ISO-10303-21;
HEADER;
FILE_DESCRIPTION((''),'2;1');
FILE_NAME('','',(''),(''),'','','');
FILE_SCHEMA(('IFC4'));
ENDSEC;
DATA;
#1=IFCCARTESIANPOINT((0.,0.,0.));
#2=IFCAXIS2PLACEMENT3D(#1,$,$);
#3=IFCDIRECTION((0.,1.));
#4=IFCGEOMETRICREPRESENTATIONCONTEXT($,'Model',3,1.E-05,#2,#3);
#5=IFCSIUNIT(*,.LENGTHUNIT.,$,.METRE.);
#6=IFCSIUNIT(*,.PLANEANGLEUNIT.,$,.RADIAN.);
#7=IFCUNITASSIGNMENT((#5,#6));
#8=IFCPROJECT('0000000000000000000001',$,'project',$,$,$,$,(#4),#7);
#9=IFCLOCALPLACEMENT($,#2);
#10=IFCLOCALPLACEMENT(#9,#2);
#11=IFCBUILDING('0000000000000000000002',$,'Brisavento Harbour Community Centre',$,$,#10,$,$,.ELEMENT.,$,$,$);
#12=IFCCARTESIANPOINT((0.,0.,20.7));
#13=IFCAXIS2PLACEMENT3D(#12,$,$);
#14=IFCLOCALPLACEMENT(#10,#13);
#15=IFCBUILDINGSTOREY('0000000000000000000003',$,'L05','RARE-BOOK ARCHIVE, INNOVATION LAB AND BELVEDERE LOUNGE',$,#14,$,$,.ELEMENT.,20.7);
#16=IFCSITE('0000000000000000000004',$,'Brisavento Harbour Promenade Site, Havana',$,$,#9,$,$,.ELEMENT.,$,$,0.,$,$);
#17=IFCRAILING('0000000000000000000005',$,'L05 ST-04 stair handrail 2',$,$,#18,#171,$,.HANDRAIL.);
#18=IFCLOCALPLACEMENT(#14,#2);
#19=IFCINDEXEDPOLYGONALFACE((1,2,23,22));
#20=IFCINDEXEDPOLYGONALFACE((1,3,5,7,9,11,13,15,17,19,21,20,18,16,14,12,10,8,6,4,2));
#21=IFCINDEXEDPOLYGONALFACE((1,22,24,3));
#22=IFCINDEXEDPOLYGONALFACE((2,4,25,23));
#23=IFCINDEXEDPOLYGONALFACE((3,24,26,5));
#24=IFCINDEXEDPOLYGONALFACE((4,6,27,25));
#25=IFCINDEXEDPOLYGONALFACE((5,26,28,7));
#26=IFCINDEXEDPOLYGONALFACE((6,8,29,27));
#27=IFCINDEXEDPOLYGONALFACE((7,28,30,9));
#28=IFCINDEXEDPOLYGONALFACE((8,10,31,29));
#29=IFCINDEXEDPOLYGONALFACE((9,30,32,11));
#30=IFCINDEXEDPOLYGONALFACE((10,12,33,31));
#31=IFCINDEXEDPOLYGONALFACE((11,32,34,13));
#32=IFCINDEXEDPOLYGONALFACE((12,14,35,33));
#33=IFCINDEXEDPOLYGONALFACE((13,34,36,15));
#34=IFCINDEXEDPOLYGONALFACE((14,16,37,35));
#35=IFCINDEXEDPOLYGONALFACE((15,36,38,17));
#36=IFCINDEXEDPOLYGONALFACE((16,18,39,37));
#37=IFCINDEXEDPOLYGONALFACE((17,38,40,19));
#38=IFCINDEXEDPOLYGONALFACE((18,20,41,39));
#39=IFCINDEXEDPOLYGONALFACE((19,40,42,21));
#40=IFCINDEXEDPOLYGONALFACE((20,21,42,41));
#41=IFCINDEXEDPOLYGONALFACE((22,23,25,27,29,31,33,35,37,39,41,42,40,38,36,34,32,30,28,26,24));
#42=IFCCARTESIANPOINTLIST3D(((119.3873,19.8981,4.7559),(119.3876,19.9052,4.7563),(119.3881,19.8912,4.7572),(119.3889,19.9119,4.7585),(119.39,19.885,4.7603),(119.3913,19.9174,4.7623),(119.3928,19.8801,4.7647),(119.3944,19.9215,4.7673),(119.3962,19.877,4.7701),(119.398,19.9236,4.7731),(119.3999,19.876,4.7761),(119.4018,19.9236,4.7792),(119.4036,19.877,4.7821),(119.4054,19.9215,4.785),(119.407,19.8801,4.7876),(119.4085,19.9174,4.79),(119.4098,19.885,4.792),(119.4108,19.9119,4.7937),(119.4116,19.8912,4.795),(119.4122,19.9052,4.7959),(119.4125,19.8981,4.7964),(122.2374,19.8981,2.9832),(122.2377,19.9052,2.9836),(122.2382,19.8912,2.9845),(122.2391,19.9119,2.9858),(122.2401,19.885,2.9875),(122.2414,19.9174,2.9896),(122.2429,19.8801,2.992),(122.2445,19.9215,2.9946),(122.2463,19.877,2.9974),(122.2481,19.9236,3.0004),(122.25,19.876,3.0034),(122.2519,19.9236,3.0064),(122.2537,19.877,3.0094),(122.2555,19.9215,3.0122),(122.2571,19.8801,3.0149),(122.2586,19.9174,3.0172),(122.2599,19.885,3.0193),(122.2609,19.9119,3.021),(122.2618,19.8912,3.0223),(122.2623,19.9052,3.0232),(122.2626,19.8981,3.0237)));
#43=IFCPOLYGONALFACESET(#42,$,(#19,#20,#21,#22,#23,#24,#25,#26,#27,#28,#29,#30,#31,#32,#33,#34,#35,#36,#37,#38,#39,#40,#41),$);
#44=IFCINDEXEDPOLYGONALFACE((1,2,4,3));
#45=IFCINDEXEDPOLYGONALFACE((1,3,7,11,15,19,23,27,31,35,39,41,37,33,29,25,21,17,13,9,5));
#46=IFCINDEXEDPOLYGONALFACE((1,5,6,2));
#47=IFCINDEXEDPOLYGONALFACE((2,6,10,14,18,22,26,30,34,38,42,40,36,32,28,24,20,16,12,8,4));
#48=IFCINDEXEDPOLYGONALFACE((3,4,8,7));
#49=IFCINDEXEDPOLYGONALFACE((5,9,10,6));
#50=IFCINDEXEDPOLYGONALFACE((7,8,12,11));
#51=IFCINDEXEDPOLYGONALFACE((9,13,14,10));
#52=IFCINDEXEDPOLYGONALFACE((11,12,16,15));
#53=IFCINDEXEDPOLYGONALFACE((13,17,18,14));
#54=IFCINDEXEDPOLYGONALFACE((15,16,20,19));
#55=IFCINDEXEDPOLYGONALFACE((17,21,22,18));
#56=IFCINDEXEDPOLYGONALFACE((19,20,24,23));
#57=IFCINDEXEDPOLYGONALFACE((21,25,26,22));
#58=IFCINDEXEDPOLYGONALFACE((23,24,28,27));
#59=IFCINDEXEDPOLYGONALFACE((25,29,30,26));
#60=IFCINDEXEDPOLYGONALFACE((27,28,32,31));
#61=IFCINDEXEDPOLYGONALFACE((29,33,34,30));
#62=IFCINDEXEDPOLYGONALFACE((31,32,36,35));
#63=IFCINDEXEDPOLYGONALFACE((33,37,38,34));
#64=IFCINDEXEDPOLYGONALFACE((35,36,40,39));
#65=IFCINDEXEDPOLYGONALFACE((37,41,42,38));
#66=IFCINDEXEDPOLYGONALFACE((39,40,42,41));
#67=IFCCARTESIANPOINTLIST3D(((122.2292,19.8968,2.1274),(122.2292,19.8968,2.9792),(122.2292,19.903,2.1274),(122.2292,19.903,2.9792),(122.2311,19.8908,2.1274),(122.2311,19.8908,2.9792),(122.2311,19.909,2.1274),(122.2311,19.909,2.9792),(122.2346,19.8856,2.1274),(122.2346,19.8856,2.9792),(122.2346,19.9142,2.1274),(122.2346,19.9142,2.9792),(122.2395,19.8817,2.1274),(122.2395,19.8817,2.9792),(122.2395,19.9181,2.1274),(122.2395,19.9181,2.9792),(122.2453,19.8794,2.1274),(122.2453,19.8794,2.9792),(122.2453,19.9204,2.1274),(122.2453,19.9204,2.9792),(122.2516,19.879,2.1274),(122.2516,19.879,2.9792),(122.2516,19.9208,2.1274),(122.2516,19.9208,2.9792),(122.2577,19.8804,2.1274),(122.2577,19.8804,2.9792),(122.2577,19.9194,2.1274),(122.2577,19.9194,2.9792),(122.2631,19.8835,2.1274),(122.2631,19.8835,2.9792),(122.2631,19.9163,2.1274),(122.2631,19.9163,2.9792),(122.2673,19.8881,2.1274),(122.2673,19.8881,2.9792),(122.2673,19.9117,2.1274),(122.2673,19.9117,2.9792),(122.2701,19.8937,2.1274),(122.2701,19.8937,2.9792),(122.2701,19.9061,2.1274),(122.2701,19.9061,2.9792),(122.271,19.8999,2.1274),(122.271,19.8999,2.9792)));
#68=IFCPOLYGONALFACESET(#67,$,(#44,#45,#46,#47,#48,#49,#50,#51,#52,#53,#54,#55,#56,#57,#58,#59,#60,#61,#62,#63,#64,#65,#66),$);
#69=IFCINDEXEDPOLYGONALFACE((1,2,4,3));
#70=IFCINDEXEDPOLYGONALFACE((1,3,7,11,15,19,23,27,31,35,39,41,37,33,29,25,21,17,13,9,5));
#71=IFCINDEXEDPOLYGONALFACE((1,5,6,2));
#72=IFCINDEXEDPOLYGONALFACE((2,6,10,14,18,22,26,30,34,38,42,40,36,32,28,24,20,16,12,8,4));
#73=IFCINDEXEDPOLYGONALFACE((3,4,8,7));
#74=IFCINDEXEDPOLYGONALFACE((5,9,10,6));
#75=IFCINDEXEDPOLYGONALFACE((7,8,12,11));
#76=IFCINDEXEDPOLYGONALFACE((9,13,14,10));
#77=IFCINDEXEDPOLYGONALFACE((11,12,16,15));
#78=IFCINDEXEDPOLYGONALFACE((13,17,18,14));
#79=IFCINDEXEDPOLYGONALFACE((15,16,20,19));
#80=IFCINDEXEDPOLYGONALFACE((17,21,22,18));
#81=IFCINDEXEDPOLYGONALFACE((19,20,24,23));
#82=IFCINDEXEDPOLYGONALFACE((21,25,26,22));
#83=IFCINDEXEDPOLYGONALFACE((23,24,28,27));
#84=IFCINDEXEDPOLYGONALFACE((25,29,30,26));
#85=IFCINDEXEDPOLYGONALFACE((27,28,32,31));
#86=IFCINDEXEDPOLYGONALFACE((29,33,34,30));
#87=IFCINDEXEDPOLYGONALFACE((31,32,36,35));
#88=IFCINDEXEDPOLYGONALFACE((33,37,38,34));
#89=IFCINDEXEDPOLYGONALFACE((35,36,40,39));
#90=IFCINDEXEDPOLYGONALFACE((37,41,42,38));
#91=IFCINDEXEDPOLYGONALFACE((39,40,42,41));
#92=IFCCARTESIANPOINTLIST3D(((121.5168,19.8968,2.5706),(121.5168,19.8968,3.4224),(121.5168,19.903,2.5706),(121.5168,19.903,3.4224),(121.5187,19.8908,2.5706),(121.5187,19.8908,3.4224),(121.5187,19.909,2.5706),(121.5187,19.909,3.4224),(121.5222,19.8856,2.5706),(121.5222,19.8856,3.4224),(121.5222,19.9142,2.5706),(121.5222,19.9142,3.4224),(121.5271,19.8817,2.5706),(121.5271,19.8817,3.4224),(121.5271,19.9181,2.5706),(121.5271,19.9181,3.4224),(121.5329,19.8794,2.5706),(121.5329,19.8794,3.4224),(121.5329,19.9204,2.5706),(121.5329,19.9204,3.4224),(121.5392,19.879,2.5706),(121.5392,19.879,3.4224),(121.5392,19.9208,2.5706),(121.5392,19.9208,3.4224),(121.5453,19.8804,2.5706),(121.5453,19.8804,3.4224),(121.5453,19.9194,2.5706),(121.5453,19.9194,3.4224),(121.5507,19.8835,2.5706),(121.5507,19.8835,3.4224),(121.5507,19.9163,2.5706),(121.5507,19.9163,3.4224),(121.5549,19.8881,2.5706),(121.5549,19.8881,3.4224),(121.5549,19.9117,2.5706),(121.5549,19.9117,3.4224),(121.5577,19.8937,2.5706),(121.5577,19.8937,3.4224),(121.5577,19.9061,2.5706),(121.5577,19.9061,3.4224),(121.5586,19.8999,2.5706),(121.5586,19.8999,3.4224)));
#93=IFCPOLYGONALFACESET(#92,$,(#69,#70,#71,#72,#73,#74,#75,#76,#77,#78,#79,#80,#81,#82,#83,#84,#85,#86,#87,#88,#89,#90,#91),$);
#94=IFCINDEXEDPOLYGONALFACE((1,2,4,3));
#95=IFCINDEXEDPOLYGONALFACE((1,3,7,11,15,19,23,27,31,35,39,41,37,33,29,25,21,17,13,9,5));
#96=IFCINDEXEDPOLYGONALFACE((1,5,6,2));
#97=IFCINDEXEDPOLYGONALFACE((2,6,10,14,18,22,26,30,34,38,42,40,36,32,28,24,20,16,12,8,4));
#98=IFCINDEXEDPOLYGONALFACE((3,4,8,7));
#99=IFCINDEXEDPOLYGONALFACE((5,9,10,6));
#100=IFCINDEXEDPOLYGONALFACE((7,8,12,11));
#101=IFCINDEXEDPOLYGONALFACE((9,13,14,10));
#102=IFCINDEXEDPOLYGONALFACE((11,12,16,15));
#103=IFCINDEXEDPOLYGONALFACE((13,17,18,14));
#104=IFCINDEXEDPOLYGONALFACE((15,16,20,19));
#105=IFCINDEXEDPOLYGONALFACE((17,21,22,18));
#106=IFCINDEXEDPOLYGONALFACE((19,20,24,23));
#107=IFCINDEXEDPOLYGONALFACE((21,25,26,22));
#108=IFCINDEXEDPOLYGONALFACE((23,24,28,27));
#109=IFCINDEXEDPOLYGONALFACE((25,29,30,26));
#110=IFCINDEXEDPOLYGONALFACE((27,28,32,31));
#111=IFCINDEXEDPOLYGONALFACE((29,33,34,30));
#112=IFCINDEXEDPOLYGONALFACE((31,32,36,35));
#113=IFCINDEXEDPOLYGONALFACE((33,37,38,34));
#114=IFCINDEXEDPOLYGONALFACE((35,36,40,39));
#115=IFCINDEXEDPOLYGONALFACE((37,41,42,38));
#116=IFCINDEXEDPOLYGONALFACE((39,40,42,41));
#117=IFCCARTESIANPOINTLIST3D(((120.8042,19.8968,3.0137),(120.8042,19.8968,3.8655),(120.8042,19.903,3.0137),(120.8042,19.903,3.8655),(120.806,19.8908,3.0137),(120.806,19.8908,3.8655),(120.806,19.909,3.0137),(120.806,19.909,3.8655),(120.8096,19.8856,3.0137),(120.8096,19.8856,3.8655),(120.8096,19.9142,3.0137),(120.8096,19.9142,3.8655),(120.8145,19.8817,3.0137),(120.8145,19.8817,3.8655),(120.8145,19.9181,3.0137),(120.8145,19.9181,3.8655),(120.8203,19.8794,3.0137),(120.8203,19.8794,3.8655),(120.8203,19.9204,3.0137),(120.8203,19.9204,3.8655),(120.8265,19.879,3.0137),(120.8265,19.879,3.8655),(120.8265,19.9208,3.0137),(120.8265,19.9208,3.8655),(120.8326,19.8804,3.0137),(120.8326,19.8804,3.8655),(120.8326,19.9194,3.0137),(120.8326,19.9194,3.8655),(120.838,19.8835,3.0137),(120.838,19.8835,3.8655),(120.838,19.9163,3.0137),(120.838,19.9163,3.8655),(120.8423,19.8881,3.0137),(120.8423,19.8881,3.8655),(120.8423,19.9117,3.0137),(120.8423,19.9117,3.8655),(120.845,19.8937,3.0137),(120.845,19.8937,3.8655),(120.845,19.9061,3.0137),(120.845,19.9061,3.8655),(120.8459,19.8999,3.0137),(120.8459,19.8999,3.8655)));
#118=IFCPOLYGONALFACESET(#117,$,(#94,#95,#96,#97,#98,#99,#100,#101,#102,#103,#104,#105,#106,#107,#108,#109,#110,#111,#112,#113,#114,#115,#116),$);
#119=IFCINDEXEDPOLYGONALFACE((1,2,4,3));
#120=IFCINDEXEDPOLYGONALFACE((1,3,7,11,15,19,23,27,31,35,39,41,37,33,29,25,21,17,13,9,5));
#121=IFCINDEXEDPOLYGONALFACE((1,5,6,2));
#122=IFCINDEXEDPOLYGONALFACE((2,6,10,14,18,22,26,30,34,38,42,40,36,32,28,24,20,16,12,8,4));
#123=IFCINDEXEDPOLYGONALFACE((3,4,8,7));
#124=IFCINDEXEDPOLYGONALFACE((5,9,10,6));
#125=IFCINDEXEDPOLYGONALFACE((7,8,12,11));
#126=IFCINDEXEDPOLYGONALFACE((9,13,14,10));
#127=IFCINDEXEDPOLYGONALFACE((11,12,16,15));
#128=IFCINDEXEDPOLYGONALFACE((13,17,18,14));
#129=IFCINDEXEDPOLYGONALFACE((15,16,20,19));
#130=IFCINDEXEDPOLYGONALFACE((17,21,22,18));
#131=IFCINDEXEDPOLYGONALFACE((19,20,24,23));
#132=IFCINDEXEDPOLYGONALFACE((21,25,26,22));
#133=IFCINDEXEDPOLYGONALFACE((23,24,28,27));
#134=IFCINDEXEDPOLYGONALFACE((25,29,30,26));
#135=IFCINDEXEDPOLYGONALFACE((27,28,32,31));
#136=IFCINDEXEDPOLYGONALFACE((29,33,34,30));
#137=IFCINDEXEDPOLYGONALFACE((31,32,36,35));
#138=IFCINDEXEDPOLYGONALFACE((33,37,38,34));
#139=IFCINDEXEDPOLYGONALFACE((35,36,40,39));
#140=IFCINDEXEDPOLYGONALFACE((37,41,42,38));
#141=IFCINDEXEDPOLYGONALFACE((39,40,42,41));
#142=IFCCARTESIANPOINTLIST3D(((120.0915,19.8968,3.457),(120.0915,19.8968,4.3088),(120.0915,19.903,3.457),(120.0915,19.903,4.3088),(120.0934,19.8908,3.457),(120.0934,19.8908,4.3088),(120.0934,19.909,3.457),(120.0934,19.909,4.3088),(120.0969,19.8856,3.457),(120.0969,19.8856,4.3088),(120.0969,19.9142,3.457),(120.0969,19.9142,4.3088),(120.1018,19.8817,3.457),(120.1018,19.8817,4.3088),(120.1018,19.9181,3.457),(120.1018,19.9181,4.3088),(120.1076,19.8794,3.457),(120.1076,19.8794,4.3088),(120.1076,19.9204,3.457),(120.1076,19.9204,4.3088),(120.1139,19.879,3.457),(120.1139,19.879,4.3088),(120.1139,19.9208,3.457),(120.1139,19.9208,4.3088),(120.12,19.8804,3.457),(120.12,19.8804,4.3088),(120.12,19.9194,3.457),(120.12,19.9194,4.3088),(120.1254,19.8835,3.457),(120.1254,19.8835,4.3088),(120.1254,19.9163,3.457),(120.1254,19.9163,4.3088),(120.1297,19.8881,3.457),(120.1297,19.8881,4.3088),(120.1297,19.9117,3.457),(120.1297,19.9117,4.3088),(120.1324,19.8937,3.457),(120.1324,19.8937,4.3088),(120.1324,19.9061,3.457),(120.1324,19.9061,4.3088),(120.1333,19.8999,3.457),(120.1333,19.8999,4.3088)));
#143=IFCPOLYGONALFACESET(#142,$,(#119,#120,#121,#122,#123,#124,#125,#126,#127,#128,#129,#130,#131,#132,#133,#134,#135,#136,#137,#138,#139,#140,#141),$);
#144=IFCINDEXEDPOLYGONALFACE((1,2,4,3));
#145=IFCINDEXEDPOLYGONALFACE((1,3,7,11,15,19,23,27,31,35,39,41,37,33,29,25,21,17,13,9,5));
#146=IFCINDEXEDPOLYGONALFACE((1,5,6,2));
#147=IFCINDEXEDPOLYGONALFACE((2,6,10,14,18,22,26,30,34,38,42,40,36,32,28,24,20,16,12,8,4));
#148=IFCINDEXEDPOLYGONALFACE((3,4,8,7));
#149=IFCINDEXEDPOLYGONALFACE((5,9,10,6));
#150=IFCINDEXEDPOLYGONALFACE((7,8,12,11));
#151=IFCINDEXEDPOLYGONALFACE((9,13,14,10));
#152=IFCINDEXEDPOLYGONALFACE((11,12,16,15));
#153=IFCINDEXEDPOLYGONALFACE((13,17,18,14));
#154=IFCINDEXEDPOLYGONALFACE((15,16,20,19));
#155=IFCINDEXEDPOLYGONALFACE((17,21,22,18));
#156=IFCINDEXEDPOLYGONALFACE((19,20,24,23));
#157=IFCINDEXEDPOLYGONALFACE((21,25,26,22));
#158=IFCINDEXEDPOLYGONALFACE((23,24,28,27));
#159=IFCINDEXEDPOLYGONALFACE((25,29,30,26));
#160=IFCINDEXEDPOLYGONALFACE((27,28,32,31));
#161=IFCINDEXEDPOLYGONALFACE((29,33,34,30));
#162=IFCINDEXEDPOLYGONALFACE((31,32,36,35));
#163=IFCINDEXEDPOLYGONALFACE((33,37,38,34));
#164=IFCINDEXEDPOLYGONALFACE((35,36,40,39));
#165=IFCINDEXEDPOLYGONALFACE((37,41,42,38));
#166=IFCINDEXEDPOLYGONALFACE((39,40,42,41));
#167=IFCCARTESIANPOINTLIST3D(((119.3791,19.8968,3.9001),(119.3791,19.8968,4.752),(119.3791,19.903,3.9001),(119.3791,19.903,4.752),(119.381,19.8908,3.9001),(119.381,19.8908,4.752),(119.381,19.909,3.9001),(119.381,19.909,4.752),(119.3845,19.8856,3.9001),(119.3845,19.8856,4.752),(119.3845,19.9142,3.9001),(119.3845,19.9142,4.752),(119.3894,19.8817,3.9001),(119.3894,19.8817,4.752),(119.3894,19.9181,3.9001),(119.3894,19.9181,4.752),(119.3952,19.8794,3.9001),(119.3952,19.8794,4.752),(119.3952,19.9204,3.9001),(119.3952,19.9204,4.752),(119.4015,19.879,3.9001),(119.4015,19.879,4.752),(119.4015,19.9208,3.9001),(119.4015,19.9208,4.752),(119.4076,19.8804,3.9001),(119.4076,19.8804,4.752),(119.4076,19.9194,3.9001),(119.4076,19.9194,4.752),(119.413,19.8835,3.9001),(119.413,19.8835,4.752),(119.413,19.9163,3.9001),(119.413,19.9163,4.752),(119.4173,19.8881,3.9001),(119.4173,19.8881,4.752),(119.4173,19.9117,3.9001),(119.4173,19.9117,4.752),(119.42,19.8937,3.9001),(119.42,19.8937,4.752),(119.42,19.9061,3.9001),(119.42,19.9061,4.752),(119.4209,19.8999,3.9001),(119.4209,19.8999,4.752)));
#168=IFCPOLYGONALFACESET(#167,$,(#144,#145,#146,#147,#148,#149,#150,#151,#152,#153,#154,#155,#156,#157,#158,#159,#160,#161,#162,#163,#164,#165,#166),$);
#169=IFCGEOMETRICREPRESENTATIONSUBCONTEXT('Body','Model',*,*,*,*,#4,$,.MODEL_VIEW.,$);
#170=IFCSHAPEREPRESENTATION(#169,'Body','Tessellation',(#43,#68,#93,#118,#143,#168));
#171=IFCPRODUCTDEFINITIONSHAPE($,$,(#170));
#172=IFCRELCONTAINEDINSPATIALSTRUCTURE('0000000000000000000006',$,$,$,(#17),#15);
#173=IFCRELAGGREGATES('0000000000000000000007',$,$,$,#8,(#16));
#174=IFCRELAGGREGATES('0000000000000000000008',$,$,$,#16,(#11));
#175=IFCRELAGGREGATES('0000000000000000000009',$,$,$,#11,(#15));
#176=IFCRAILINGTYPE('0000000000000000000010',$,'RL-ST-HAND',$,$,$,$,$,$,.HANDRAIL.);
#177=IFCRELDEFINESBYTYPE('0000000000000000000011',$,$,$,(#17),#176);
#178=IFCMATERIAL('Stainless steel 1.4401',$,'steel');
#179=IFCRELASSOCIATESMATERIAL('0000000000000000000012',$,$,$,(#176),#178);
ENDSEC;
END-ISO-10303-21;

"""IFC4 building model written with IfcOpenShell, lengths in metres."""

from ifc_helpers import new_model, si_unit, direction, frame, origin, origin_2d, place, context, subcontext, project, spatial, circle, extrude, material, type_object, element, save


model = new_model("IFC4")

# Units and contexts
model_context = context("Model", 3, precision=1e-05, world=origin(), true_north=direction((0.0, 1.0)))
body_context = subcontext(model_context, "Body", "Model", "MODEL_VIEW")
ifc_project = project(units=[si_unit("LENGTHUNIT", "METRE"), si_unit("PLANEANGLEUNIT", "RADIAN")], contexts=[model_context])

# Site, building, storey
site_placement = place(None, origin())
site = spatial("IfcSite", under=ifc_project, at=site_placement, Name="Brisavento Harbour Promenade Site, Havana", CompositionType="ELEMENT", RefElevation=0.0)
building_placement = place(site_placement, origin())
building = spatial("IfcBuilding", under=site, at=building_placement, Name="Brisavento Harbour Community Centre", CompositionType="ELEMENT")
storey_placement = place(building_placement, frame((0.0, 0.0, 20.7)))
storey = spatial("IfcBuildingStorey", under=building, at=storey_placement, Name="L05", Description="RARE-BOOK ARCHIVE, INNOVATION LAB AND BELVEDERE LOUNGE", CompositionType="ELEMENT", Elevation=20.7)

# Railing
ifc_material_1 = material(Name="Stainless steel 1.4401", Category="steel")
railing_type_1 = type_object("IfcRailingType", Name="RL-ST-HAND", PredefinedType="HANDRAIL", material=ifc_material_1)
railing_1_placement = place(storey_placement, frame((122.25, 19.8999, 2.1274)))
element("IfcRailing", 1, at=railing_1_placement, inside=storey, type_object=railing_type_1, Name="L05 ST-04 stair handrail 2", PredefinedType="HANDRAIL", context=body_context, shape_type="SweptSolid", body=[
    extrude(circle(Radius=0.0239, at=origin_2d()), frame((0.0, 0.0, 0.876), z_axis=(-0.849149, 0.0, 0.528154), x_axis=(0.0, -1.0, 0.0)), (0.0, 0.0, 1.0), 3.3564),
    extrude(circle(Radius=0.021, at=origin_2d()), origin(), (0.0, 0.0, 1.0), 0.8518),
    extrude(circle(Radius=0.021, at=origin_2d()), frame((-0.7124, 0.0, 0.4431)), (0.0, 0.0, 1.0), 0.8518),
    extrude(circle(Radius=0.021, at=origin_2d()), frame((-1.425, 0.0, 0.8862)), (0.0, 0.0, 1.0), 0.8518),
    extrude(circle(Radius=0.021, at=origin_2d()), frame((-2.1377, 0.0, 1.3296)), (0.0, 0.0, 1.0), 0.8518),
    extrude(circle(Radius=0.021, at=origin_2d()), frame((-2.8501, 0.0, 1.7727)), (0.0, 0.0, 1.0), 0.8518),
])

save(model, "model.ifc")
